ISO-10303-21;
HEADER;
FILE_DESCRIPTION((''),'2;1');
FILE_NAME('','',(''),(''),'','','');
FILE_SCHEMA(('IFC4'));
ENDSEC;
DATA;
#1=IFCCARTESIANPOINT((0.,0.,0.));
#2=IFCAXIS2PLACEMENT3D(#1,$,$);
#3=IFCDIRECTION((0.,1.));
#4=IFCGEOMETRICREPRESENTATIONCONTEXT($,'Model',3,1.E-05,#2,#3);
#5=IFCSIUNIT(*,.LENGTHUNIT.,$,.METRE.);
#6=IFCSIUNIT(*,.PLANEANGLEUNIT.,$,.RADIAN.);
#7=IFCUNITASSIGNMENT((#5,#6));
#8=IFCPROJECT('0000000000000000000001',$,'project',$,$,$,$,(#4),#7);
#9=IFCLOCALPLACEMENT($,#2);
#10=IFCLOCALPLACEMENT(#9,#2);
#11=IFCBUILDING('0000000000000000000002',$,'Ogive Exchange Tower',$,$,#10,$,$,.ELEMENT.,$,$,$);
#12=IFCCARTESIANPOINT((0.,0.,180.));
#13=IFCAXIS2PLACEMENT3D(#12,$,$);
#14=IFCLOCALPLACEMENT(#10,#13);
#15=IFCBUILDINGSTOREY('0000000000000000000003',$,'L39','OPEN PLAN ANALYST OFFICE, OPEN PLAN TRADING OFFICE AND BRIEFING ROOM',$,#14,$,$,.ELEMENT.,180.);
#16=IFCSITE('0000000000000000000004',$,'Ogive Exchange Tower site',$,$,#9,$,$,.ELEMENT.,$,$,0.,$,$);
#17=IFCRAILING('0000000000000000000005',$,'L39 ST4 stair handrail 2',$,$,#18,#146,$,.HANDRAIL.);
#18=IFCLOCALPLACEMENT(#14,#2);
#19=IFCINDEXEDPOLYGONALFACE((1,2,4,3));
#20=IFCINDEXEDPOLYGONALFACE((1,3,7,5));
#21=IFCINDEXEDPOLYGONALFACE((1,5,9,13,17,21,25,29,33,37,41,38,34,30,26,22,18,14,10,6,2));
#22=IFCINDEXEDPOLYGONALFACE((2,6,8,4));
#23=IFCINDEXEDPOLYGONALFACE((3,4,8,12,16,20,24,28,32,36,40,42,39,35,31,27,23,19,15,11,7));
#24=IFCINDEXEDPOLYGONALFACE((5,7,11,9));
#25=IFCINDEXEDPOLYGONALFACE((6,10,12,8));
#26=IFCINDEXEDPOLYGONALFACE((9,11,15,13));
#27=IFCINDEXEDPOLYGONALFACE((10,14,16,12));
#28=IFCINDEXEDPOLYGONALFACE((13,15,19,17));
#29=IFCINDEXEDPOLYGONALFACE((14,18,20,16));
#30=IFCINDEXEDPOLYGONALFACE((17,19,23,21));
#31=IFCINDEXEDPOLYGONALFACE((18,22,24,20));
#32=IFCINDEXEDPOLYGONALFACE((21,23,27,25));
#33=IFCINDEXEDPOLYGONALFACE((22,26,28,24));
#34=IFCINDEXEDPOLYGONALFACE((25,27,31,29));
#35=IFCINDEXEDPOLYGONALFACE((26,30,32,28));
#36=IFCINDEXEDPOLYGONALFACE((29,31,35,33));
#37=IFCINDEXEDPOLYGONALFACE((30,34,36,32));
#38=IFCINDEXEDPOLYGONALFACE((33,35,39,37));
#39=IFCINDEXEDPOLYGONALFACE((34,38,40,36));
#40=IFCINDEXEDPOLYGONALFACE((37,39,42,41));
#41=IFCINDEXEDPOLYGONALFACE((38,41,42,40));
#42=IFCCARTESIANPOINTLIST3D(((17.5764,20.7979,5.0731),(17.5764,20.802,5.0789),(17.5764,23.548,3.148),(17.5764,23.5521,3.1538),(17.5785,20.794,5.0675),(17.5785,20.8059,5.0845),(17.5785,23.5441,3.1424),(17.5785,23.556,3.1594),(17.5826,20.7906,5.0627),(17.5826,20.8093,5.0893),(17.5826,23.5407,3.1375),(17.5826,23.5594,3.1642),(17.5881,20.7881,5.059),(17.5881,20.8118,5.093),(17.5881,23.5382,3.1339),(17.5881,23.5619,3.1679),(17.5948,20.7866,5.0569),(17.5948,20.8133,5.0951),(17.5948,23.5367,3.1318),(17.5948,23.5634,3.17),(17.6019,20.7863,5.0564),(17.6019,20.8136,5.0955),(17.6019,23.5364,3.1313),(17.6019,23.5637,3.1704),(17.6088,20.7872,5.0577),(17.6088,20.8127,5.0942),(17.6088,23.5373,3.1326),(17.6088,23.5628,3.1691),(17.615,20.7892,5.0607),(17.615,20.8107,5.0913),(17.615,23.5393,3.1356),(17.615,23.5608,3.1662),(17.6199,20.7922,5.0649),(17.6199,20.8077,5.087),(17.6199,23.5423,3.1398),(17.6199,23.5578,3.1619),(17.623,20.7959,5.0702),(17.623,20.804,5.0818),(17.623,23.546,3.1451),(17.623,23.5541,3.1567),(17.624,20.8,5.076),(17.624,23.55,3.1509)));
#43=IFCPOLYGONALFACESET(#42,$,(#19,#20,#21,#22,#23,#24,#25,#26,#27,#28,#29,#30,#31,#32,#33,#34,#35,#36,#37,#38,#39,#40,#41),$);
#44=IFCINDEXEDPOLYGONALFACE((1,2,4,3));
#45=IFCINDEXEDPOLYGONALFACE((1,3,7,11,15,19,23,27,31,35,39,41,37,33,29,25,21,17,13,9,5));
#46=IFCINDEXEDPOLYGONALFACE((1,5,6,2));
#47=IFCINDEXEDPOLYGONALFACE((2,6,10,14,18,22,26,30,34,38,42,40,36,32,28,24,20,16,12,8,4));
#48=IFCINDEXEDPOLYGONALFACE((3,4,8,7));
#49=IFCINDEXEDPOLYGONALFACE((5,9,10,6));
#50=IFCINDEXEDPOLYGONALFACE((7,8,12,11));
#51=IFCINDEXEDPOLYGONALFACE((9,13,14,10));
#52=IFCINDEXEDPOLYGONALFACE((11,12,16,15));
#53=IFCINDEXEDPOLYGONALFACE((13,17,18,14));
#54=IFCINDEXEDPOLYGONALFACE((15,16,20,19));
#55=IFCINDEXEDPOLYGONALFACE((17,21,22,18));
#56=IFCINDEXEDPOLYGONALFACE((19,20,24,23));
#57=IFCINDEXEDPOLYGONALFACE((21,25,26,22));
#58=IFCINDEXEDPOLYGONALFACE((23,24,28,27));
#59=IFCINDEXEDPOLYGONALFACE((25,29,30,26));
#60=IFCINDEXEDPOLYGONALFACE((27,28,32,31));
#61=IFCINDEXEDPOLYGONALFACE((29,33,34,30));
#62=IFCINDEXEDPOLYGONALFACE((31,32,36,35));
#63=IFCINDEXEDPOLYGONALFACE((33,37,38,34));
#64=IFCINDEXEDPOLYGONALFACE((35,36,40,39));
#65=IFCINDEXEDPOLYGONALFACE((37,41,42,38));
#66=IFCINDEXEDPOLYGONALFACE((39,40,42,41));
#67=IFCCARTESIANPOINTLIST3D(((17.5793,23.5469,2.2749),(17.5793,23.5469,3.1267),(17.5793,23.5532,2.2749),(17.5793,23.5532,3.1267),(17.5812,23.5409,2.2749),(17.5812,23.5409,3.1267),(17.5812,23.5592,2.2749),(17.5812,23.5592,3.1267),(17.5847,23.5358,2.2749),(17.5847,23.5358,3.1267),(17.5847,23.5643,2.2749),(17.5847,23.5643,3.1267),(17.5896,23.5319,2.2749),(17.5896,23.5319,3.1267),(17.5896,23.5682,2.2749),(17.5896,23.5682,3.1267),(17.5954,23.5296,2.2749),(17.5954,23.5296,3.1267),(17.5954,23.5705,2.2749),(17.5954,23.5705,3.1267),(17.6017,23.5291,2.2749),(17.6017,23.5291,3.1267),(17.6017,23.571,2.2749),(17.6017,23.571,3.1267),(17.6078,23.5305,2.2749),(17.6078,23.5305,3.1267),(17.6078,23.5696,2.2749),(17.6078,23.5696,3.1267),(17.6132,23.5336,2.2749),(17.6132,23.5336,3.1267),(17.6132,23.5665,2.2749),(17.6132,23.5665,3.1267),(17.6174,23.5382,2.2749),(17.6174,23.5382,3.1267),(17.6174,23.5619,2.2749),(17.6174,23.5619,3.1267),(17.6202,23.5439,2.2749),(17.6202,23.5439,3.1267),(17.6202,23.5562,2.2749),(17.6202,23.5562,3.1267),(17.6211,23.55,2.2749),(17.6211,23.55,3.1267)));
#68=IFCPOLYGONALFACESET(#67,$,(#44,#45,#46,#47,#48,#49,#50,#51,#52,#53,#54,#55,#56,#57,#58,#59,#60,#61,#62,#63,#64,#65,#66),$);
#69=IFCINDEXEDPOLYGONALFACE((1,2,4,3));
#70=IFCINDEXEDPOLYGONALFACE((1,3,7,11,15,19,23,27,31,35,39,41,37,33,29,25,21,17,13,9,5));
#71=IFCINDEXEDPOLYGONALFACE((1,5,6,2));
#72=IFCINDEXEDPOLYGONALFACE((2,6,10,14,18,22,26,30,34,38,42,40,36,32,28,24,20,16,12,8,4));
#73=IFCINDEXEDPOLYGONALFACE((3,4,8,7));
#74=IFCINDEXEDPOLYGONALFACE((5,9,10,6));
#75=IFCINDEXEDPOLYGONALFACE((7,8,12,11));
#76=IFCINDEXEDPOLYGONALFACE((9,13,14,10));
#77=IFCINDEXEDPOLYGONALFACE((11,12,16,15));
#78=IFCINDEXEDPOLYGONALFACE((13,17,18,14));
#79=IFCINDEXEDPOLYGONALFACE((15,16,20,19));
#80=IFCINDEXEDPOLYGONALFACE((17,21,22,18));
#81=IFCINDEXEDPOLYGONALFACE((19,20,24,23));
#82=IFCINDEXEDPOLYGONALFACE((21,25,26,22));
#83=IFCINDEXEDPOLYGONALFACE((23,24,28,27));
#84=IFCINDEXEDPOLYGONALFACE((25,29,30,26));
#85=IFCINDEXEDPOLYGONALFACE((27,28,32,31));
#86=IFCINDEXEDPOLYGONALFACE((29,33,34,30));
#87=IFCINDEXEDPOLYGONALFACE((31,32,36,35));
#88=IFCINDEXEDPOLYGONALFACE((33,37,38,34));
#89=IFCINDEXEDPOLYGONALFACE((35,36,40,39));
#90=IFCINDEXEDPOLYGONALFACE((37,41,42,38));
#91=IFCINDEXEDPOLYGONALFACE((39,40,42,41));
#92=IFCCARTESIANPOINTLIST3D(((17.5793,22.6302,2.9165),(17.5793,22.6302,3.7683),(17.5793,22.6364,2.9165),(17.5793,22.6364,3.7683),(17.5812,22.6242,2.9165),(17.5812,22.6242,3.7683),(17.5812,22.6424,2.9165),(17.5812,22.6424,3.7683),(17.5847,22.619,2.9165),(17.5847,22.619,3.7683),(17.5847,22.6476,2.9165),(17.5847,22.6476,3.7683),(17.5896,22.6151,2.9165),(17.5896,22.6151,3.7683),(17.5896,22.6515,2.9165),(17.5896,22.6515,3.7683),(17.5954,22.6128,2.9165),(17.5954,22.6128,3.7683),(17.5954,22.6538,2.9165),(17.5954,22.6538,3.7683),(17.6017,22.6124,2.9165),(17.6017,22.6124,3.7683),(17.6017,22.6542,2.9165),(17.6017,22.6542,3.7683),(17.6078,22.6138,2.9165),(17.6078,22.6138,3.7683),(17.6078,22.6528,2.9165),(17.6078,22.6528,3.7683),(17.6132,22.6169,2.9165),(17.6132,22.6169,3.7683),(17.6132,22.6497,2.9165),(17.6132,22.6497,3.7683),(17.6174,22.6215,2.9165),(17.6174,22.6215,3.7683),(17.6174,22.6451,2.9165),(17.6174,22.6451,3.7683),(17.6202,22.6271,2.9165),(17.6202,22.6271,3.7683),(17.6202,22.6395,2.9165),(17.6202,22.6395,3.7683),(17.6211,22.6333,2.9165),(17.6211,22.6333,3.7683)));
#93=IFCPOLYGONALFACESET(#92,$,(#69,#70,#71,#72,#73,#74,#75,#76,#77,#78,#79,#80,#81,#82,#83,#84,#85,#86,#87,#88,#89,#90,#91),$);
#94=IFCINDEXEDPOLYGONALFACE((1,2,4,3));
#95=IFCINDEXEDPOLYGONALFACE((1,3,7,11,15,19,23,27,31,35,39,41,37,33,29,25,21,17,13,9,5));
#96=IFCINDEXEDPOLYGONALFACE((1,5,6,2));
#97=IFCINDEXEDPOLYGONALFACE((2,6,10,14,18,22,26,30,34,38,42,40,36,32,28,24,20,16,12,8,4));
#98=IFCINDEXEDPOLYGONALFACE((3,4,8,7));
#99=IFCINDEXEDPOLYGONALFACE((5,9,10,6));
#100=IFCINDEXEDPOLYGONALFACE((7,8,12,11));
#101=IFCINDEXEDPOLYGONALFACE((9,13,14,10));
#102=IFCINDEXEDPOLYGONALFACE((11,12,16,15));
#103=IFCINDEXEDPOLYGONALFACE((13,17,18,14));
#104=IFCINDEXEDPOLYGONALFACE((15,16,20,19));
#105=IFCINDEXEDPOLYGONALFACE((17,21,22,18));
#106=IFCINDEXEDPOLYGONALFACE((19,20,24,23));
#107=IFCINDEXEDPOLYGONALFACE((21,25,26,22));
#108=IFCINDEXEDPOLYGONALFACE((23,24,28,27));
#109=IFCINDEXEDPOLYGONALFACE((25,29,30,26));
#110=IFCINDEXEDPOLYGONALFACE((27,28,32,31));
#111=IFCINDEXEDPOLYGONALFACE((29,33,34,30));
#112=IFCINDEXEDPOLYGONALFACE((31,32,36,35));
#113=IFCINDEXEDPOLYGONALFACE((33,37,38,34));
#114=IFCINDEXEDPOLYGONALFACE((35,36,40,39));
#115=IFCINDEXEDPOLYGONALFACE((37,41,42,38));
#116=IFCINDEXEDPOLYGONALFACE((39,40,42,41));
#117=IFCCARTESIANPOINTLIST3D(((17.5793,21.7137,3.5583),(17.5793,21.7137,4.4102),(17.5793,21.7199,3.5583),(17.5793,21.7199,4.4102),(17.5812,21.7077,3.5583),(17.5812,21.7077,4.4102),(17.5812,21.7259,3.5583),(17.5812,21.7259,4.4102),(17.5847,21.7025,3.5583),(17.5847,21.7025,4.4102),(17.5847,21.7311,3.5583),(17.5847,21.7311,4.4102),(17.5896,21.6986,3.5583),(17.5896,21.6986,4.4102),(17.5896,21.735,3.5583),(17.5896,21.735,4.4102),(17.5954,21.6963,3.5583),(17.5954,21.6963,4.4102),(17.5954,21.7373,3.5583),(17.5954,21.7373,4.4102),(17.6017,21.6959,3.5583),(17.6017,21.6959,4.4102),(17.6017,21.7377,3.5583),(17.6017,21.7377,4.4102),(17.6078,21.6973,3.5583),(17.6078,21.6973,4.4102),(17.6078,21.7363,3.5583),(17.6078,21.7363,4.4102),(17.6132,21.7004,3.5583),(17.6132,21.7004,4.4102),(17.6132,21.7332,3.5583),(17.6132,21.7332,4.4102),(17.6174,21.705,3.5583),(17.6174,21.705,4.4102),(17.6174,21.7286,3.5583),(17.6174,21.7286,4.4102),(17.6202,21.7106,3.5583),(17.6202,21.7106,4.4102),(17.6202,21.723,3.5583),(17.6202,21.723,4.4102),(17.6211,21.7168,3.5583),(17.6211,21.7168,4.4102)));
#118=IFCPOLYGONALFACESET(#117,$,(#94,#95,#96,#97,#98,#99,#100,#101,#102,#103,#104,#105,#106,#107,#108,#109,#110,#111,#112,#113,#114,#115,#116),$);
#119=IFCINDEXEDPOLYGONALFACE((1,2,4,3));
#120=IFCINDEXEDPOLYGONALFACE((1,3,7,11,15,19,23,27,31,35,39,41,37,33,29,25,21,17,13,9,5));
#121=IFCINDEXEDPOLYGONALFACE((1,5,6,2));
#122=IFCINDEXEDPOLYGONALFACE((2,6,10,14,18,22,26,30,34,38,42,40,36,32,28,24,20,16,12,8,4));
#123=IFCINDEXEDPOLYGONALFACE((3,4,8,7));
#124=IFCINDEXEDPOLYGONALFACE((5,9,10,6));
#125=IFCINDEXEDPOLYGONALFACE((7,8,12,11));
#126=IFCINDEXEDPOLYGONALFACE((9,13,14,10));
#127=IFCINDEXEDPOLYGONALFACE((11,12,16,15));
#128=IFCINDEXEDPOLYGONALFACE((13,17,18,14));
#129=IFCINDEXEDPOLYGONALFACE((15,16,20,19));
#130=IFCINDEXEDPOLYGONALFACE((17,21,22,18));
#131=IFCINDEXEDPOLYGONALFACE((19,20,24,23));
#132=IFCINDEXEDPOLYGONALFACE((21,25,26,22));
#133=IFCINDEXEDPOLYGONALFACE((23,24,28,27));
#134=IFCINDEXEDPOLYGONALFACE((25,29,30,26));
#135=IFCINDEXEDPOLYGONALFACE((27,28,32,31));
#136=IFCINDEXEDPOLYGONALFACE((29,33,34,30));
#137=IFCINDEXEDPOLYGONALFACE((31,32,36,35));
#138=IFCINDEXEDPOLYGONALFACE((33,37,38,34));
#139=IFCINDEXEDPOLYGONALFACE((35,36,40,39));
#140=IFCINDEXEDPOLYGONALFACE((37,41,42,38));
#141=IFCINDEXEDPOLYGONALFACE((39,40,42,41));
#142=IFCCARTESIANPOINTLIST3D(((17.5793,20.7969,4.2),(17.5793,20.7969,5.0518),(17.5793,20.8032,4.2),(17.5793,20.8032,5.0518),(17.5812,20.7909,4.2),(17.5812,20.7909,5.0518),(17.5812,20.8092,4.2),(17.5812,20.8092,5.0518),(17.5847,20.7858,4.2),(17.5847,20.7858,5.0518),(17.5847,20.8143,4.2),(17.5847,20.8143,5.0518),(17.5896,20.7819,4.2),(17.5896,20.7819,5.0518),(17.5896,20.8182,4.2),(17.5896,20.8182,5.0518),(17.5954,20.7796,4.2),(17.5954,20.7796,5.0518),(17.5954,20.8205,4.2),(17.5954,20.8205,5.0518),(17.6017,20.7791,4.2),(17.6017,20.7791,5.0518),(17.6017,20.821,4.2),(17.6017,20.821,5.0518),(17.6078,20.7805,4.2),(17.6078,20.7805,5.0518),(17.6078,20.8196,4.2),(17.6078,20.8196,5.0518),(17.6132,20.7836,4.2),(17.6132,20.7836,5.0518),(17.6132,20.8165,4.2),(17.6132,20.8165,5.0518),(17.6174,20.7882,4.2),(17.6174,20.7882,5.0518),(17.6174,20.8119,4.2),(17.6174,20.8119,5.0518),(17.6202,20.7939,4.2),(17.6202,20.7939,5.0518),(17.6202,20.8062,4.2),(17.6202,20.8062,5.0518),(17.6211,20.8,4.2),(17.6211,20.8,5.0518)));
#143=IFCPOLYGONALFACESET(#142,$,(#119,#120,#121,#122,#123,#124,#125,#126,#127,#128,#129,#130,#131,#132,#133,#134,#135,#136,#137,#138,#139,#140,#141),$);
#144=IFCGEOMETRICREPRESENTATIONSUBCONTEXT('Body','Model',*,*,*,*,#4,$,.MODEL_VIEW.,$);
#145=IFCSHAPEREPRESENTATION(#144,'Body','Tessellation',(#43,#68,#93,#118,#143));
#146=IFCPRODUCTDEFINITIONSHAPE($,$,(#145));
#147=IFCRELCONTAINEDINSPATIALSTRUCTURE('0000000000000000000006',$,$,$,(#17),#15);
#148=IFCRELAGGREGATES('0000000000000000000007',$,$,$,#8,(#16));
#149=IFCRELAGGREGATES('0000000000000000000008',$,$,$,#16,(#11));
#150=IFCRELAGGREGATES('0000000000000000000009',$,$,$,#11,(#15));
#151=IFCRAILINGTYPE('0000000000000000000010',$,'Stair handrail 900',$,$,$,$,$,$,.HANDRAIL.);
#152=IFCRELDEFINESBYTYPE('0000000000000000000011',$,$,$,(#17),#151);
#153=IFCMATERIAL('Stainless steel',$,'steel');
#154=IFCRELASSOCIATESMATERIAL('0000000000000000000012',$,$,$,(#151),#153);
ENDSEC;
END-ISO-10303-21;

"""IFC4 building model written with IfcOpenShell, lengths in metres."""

from ifc_helpers import new_model, si_unit, direction, frame, origin, origin_2d, place, context, subcontext, project, spatial, circle, extrude, material, type_object, element, save


model = new_model("IFC4")

# Units and contexts
model_context = context("Model", 3, precision=1e-05, world=origin(), true_north=direction((0.0, 1.0)))
body_context = subcontext(model_context, "Body", "Model", "MODEL_VIEW")
ifc_project = project(units=[si_unit("LENGTHUNIT", "METRE"), si_unit("PLANEANGLEUNIT", "RADIAN")], contexts=[model_context])

# Site, building, storey
site_placement = place(None, origin())
site = spatial("IfcSite", under=ifc_project, at=site_placement, Name="Ogive Exchange Tower site", CompositionType="ELEMENT", RefElevation=0.0)
building_placement = place(site_placement, origin())
building = spatial("IfcBuilding", under=site, at=building_placement, Name="Ogive Exchange Tower", CompositionType="ELEMENT")
storey_placement = place(building_placement, frame((0.0, 0.0, 180.0)))
storey = spatial("IfcBuildingStorey", under=building, at=storey_placement, Name="L39", Description="OPEN PLAN ANALYST OFFICE, OPEN PLAN TRADING OFFICE AND BRIEFING ROOM", CompositionType="ELEMENT", Elevation=180.0)

# Railing
ifc_material_1 = material(Name="Stainless steel", Category="steel")
railing_type = type_object("IfcRailingType", Name="Stair handrail 900", PredefinedType="HANDRAIL", material=ifc_material_1)
railing_placement = place(storey_placement, frame((17.6001, 23.55, 2.2749)))
element("IfcRailing", 1, at=railing_placement, inside=storey, type_object=railing_type, Name="L39 ST4 stair handrail 2", PredefinedType="HANDRAIL", context=body_context, shape_type="SweptSolid", body=[
    extrude(circle(Radius=0.0239, at=origin_2d()), frame((0.0, 0.0, 0.876), z_axis=(0.0, -0.819225, 0.573472), x_axis=(1.0, 0.0, 0.0)), (0.0, 0.0, 1.0), 3.3569),
    extrude(circle(Radius=0.021, at=origin_2d()), origin(), (0.0, 0.0, 1.0), 0.8518),
    extrude(circle(Radius=0.021, at=origin_2d()), frame((0.0, -0.9167, 0.6416)), (0.0, 0.0, 1.0), 0.8518),
    extrude(circle(Radius=0.021, at=origin_2d()), frame((0.0, -1.8333, 1.2834)), (0.0, 0.0, 1.0), 0.8518),
    extrude(circle(Radius=0.021, at=origin_2d()), frame((0.0, -2.75, 1.925)), (0.0, 0.0, 1.0), 0.8518),
])

save(model, "model.ifc")
